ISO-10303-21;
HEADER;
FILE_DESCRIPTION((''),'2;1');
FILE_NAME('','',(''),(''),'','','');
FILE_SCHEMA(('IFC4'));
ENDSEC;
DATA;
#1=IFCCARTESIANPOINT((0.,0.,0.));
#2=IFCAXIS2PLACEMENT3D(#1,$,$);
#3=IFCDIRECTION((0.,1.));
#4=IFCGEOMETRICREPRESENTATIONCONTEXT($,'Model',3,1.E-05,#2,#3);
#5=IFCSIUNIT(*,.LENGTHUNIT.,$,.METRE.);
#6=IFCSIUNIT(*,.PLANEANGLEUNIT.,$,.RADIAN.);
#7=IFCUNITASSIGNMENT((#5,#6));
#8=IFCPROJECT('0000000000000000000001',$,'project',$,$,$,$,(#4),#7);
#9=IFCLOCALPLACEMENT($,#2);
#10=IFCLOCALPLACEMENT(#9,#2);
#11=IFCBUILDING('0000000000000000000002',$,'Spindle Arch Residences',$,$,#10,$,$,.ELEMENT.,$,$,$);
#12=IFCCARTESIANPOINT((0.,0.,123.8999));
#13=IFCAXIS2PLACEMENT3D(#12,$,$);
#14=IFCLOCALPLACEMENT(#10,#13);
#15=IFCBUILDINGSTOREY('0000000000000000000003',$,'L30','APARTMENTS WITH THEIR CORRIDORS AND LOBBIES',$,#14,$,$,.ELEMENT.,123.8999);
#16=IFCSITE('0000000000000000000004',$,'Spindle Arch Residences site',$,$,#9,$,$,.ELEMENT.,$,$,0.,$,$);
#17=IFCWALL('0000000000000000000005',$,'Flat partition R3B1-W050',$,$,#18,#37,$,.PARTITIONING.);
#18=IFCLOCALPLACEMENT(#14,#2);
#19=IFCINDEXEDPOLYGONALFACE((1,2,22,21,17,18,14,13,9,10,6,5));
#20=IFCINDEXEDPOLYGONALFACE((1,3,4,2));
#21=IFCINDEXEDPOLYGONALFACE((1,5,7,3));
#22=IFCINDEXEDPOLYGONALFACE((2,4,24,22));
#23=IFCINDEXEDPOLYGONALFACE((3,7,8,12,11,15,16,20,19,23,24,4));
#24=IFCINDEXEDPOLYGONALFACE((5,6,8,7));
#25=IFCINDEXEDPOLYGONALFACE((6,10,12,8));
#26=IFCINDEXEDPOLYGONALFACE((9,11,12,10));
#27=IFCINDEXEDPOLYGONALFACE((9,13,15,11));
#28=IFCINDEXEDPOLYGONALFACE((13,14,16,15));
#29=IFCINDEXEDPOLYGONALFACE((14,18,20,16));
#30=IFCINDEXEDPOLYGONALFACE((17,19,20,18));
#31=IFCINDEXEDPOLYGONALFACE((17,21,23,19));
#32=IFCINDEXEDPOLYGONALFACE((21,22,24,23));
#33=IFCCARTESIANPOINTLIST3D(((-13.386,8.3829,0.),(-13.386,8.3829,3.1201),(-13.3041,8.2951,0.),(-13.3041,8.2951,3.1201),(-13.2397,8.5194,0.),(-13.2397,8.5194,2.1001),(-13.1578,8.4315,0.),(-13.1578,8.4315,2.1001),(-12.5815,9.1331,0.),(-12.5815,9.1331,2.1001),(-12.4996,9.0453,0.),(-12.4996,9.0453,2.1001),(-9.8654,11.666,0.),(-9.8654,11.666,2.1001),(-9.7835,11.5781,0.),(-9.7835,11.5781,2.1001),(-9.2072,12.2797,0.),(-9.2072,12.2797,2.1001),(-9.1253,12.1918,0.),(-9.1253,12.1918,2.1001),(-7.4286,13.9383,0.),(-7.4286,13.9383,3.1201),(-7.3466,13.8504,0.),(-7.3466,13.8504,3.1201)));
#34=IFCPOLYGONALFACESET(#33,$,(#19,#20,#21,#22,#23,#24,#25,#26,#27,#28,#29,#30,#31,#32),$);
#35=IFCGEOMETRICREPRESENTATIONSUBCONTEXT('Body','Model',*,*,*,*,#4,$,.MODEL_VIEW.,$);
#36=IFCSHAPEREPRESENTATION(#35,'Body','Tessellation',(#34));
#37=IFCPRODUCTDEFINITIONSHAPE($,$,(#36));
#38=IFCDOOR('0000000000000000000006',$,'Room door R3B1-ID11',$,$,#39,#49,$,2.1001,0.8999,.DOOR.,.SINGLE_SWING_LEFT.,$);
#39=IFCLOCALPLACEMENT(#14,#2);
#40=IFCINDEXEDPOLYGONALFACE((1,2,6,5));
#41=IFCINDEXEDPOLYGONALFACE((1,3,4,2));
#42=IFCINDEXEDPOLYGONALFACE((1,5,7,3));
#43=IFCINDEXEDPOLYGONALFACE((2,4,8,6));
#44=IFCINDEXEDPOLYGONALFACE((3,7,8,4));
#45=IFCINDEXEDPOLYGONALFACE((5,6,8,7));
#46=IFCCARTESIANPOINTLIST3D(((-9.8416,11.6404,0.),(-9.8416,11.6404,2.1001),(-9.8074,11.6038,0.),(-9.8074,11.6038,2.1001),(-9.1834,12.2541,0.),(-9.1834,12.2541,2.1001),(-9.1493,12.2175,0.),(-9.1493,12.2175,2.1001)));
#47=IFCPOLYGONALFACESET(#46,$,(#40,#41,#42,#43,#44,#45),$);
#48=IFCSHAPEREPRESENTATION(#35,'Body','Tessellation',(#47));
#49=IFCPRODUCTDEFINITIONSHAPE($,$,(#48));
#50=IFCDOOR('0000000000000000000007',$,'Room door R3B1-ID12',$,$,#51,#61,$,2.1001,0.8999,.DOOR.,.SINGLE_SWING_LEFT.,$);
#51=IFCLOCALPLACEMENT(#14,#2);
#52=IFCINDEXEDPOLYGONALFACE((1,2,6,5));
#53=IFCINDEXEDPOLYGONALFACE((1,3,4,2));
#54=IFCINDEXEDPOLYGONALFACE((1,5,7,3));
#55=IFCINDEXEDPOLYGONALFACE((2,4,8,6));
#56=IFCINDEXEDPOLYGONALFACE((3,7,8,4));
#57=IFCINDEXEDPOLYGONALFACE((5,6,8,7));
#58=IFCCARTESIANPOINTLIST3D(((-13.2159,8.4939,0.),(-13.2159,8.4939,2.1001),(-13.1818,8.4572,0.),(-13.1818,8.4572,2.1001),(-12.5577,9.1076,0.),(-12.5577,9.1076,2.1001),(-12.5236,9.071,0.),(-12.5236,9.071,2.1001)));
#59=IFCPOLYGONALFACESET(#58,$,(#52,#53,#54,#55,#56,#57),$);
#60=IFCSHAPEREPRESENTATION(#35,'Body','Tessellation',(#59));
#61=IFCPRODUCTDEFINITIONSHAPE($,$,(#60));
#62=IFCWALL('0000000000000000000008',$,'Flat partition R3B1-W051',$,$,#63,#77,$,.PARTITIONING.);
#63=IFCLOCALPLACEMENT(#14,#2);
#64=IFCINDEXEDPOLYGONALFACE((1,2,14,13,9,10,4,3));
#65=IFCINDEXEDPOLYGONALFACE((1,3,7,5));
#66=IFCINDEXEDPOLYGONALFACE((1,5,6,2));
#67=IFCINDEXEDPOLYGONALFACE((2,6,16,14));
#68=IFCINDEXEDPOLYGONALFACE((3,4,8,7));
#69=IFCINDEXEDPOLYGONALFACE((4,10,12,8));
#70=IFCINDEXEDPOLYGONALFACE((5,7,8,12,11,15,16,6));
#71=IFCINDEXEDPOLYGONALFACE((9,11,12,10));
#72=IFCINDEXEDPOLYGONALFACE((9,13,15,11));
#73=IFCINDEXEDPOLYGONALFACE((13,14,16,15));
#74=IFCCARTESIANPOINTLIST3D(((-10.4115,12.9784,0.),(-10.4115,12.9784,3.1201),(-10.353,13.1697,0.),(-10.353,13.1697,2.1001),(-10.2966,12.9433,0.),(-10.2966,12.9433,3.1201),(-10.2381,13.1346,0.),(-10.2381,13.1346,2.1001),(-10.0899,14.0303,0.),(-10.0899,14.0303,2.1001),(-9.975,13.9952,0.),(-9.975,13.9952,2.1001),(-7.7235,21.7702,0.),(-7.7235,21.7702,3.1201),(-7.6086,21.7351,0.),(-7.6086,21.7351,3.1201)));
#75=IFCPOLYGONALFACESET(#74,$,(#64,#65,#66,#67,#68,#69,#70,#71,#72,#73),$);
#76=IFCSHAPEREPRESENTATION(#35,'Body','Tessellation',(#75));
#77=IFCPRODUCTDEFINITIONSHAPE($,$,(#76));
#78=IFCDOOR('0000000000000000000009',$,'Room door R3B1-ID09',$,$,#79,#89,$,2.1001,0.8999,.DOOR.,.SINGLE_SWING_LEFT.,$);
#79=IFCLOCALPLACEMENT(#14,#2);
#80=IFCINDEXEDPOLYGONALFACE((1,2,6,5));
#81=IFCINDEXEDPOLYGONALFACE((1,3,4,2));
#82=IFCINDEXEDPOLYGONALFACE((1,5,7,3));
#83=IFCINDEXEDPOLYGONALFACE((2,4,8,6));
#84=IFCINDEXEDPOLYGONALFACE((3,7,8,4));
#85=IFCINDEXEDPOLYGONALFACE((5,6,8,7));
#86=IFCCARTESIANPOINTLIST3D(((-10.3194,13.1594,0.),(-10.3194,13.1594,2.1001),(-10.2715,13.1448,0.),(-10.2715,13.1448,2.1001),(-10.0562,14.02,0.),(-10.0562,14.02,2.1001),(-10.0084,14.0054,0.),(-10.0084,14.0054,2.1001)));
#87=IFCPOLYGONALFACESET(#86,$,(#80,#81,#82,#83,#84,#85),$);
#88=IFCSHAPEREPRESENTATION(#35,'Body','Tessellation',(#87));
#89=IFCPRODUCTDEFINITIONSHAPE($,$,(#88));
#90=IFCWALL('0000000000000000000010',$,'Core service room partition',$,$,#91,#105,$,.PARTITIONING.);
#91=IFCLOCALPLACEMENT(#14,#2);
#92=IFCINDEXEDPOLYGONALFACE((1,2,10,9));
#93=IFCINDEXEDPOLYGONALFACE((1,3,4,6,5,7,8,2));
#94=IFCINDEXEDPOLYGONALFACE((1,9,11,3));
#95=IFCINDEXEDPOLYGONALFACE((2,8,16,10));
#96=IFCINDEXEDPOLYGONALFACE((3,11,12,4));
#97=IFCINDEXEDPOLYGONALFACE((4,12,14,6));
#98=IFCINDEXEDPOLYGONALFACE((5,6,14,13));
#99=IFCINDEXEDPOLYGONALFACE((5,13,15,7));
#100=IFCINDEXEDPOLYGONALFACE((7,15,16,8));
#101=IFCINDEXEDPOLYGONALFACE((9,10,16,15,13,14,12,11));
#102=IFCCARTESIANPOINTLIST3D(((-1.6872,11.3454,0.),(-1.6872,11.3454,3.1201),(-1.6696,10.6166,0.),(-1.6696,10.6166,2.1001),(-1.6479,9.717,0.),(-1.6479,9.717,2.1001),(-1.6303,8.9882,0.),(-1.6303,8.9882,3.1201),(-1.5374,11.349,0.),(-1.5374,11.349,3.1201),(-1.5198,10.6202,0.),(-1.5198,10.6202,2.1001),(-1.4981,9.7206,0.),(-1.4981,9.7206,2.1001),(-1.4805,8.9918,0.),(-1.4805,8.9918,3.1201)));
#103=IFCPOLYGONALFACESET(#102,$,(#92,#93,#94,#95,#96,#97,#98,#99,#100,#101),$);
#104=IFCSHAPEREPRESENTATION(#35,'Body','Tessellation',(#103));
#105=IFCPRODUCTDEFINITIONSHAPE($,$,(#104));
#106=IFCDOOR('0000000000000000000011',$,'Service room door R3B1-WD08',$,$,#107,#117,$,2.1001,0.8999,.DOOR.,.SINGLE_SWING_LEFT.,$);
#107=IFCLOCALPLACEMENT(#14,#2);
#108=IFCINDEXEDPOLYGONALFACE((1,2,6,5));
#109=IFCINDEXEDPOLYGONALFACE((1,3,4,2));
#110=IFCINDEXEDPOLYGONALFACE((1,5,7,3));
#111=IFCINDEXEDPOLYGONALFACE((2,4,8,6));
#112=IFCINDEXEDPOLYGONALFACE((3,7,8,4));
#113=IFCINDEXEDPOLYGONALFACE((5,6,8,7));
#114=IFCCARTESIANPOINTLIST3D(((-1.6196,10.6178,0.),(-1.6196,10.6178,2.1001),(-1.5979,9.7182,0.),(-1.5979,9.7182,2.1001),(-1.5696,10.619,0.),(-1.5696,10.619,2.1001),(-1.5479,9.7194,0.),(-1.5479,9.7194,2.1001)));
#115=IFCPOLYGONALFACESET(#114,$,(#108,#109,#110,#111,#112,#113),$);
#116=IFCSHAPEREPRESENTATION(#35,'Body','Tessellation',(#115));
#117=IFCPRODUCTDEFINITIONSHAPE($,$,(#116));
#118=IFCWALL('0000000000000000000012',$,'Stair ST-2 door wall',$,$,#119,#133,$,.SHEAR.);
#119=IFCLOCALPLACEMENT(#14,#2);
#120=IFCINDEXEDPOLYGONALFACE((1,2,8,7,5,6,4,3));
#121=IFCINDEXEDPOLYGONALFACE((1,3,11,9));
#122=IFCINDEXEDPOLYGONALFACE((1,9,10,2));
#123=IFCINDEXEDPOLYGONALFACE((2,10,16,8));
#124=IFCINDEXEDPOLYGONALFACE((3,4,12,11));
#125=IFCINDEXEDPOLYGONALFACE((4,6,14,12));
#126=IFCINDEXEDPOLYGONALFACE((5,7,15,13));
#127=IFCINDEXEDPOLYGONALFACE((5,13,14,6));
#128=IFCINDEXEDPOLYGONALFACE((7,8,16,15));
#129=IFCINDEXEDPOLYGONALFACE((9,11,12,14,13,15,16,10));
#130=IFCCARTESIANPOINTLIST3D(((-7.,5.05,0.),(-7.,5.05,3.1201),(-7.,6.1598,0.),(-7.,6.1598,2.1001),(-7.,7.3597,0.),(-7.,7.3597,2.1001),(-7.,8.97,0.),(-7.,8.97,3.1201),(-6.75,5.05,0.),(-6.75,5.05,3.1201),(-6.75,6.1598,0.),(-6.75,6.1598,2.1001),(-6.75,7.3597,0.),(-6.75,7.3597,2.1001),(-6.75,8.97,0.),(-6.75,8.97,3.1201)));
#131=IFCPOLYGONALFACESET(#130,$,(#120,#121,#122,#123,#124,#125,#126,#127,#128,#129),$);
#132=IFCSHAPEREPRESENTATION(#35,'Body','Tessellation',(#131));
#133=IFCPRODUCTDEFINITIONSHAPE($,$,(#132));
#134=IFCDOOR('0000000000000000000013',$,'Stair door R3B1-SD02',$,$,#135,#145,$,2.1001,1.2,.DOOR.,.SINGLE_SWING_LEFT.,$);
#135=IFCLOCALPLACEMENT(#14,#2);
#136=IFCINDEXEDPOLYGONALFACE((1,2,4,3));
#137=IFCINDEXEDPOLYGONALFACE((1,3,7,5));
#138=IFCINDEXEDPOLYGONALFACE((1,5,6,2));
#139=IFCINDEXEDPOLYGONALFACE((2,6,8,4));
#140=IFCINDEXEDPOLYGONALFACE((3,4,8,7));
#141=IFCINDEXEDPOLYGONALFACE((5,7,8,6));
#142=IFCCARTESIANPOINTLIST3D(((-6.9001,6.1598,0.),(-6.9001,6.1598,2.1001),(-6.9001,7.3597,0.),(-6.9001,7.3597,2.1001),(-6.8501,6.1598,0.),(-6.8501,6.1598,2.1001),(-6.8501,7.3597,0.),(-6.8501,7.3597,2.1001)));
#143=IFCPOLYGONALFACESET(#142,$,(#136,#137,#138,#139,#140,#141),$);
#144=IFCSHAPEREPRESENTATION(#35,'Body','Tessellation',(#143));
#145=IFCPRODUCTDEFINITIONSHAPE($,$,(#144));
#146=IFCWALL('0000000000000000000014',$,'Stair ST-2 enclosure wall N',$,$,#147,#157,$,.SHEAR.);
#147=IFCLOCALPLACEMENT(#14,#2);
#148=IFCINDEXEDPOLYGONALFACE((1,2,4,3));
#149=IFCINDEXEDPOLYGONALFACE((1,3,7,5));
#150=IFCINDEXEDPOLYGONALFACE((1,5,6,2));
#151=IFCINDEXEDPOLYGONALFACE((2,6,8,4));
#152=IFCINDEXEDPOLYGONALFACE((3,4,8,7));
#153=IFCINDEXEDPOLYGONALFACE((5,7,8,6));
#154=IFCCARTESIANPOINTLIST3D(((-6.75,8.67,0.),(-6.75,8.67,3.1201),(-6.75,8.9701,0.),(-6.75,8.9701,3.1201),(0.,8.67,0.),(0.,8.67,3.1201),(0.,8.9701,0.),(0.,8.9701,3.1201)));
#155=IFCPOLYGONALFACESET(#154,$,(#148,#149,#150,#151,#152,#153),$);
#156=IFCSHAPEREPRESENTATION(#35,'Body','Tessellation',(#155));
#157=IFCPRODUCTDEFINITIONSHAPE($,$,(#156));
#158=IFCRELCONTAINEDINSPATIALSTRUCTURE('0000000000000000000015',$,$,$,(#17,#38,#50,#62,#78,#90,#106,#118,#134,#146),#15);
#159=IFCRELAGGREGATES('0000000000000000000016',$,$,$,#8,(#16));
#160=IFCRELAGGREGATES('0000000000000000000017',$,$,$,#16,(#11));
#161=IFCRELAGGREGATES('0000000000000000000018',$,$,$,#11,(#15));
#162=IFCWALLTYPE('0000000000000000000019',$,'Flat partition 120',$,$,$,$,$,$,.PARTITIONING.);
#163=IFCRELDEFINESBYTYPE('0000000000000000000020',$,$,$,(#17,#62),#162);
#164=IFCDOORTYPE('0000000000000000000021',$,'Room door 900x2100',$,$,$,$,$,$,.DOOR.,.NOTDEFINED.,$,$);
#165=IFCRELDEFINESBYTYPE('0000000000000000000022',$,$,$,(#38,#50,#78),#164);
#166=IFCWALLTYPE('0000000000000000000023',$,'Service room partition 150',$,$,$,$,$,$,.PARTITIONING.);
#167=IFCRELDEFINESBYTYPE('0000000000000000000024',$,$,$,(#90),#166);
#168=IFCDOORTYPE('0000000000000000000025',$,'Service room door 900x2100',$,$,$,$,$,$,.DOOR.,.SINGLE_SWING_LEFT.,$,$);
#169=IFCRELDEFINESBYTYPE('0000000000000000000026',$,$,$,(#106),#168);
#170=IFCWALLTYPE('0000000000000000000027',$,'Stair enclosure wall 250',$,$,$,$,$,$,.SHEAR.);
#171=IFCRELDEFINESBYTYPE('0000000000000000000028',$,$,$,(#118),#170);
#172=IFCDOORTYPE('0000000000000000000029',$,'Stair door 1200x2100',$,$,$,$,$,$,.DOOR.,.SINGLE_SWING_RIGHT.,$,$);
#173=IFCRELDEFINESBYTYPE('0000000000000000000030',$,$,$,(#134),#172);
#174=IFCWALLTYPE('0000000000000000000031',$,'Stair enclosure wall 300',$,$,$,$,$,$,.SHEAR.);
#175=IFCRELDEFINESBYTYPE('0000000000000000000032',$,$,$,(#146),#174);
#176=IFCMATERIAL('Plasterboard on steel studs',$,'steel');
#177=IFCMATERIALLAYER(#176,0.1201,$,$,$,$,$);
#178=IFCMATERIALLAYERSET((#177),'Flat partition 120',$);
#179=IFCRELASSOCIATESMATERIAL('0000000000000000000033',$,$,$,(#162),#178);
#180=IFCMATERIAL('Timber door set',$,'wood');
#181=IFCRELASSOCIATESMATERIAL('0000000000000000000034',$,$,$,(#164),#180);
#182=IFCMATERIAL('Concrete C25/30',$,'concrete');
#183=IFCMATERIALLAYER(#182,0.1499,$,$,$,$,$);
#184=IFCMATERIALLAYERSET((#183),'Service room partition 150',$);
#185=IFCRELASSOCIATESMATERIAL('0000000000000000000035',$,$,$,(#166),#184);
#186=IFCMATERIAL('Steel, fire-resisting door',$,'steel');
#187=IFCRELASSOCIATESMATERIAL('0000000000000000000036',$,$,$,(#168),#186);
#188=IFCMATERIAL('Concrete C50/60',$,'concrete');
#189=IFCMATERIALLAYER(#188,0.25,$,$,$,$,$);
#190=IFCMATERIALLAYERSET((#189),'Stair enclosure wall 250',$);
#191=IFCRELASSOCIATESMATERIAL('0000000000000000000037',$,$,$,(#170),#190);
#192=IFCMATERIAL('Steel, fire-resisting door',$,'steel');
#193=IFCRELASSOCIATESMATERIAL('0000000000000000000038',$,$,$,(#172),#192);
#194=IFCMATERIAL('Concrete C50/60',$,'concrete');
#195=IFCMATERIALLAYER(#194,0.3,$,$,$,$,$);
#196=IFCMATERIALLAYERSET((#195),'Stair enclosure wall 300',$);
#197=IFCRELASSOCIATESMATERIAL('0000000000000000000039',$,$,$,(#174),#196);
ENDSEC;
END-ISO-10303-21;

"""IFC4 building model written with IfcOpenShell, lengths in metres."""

from ifc_helpers import new_model, si_unit, direction, frame, frame_2d, origin, place, context, subcontext, project, spatial, rectangle, extrude, material, layer, layer_set, type_object, element, fill, save


model = new_model("IFC4")

# Units and contexts
model_context = context("Model", 3, precision=1e-05, world=origin(), true_north=direction((0.0, 1.0)))
body_context = subcontext(model_context, "Body", "Model", "MODEL_VIEW")
ifc_project = project(units=[si_unit("LENGTHUNIT", "METRE"), si_unit("PLANEANGLEUNIT", "RADIAN")], contexts=[model_context])

# Site, building, storey
site_placement = place(None, origin())
site = spatial("IfcSite", under=ifc_project, at=site_placement, Name="Spindle Arch Residences site", CompositionType="ELEMENT", RefElevation=0.0)
building_placement = place(site_placement, origin())
building = spatial("IfcBuilding", under=site, at=building_placement, Name="Spindle Arch Residences", CompositionType="ELEMENT")
storey_placement = place(building_placement, frame((0.0, 0.0, 123.8999)))
storey = spatial("IfcBuildingStorey", under=building, at=storey_placement, Name="L30", Description="APARTMENTS WITH THEIR CORRIDORS AND LOBBIES", CompositionType="ELEMENT", Elevation=123.8999)

# Shared definitions
ifc_material_1 = material(Name="Plasterboard on steel studs", Category="steel")
ifc_layer_1 = layer(ifc_material_1, 0.1201)
ifc_layer_set_1 = layer_set([ifc_layer_1], Name="Flat partition 120")
wall_type_1 = type_object("IfcWallType", Name="Flat partition 120", PredefinedType="PARTITIONING", material=ifc_layer_set_1)
ifc_material_2 = material(Name="Timber door set", Category="wood")
door_type_1 = type_object("IfcDoorType", Name="Room door 900x2100", OperationType="NOTDEFINED", PredefinedType="DOOR", material=ifc_material_2)

# Wall, openings, doors
wall_1_placement = place(storey_placement, frame((-7.3877, 13.8943, 0.0), z_axis=(0.0, 0.0, 1.0), x_axis=(-0.731357, -0.681995, 0.0)))
wall_1 = element("IfcWall", 1, at=wall_1_placement, inside=storey, type_object=wall_type_1, Name="Flat partition R3B1-W050", PredefinedType="PARTITIONING", context=body_context, shape_type="SweptSolid", body=[
    extrude(rectangle(XDim=8.1458, YDim=0.1201, at=frame_2d((4.0728, 0.0))), origin(), (0.0, 0.0, 1.0), 3.1201),
])
opening_1_placement = place(wall_1_placement, frame((2.4319, 0.0, 0.0)))
opening_1 = element("IfcOpeningElement", 2, at=opening_1_placement, cuts=wall_1, PredefinedType="OPENING", context=body_context, shape_type="SweptSolid", body=[
    extrude(rectangle(XDim=0.8999, YDim=2.1001, at=frame_2d((0.45, 1.05))), frame((0.0, 0.0701, 0.0), z_axis=(0.0, -1.0, 0.0), x_axis=(1.0, 0.0, 0.0)), (0.0, 0.0, 1.0), 0.1401),
])
opening_2_placement = place(wall_1_placement, frame((7.0457, 0.0, 0.0)))
opening_2 = element("IfcOpeningElement", 3, at=opening_2_placement, cuts=wall_1, PredefinedType="OPENING", context=body_context, shape_type="SweptSolid", body=[
    extrude(rectangle(XDim=0.8999, YDim=2.1001, at=frame_2d((0.45, 1.05))), frame((0.0, 0.0701, 0.0), z_axis=(0.0, -1.0, 0.0), x_axis=(1.0, 0.0, 0.0)), (0.0, 0.0, 1.0), 0.1401),
])
door_1_placement = place(opening_1_placement, origin())
door_1 = element("IfcDoor", 4, at=door_1_placement, inside=storey, type_object=door_type_1, Name="Room door R3B1-ID11", OperationType="SINGLE_SWING_LEFT", OverallHeight=2.1001, OverallWidth=0.8999, PredefinedType="DOOR", context=body_context, shape_type="SweptSolid", body=[
    extrude(rectangle(XDim=0.8999, YDim=2.1001, at=frame_2d((0.45, 1.05))), frame((0.0, 0.0249, 0.0), z_axis=(0.0, -1.0, 0.0), x_axis=(1.0, 0.0, 0.0)), (0.0, 0.0, 1.0), 0.05),
])
fill(opening_1, door_1)
door_2_placement = place(opening_2_placement, origin())
door_2 = element("IfcDoor", 5, at=door_2_placement, inside=storey, type_object=door_type_1, Name="Room door R3B1-ID12", OperationType="SINGLE_SWING_LEFT", OverallHeight=2.1001, OverallWidth=0.8999, PredefinedType="DOOR", context=body_context, shape_type="SweptSolid", body=[
    extrude(rectangle(XDim=0.8999, YDim=2.1001, at=frame_2d((0.45, 1.05))), frame((0.0, 0.0249, 0.0), z_axis=(0.0, -1.0, 0.0), x_axis=(1.0, 0.0, 0.0)), (0.0, 0.0, 1.0), 0.05),
])
fill(opening_2, door_2)

# Walls, openings, doors
wall_2_placement = place(storey_placement, frame((-10.354, 12.9609, 0.0), z_axis=(0.0, 0.0, 1.0), x_axis=(0.29238, 0.956302, 0.0)))
wall_2 = element("IfcWall", 6, at=wall_2_placement, inside=storey, type_object=wall_type_1, Name="Flat partition R3B1-W051", PredefinedType="PARTITIONING", context=body_context, shape_type="SweptSolid", body=[
    extrude(rectangle(XDim=9.1936, YDim=0.1201, at=frame_2d((4.5967, 0.0))), origin(), (0.0, 0.0, 1.0), 3.1201),
])
opening_3_placement = place(wall_2_placement, frame((0.2, 0.0, 0.0)))
opening_3 = element("IfcOpeningElement", 7, at=opening_3_placement, cuts=wall_2, PredefinedType="OPENING", context=body_context, shape_type="SweptSolid", body=[
    extrude(rectangle(XDim=0.8999, YDim=2.1001, at=frame_2d((0.45, 1.05))), frame((0.0, 0.0701, 0.0), z_axis=(0.0, -1.0, 0.0), x_axis=(1.0, 0.0, 0.0)), (0.0, 0.0, 1.0), 0.1401),
])
door_3_placement = place(opening_3_placement, origin())
door_3 = element("IfcDoor", 8, at=door_3_placement, inside=storey, type_object=door_type_1, Name="Room door R3B1-ID09", OperationType="SINGLE_SWING_LEFT", OverallHeight=2.1001, OverallWidth=0.8999, PredefinedType="DOOR", context=body_context, shape_type="SweptSolid", body=[
    extrude(rectangle(XDim=0.8999, YDim=2.1001, at=frame_2d((0.45, 1.05))), frame((0.0, 0.0249, 0.0), z_axis=(0.0, -1.0, 0.0), x_axis=(1.0, 0.0, 0.0)), (0.0, 0.0, 1.0), 0.05),
])
fill(opening_3, door_3)
ifc_material_3 = material(Name="Concrete C25/30", Category="concrete")
ifc_layer_2 = layer(ifc_material_3, 0.1499)
ifc_layer_set_2 = layer_set([ifc_layer_2], Name="Service room partition 150")
wall_type_2 = type_object("IfcWallType", Name="Service room partition 150", PredefinedType="PARTITIONING", material=ifc_layer_set_2)
wall_3_placement = place(storey_placement, frame((-1.5554, 8.99, 0.0), z_axis=(0.0, 0.0, 1.0), x_axis=(-0.024126, 0.999709, 0.0)))
wall_3 = element("IfcWall", 9, at=wall_3_placement, inside=storey, type_object=wall_type_2, Name="Core service room partition", PredefinedType="PARTITIONING", context=body_context, shape_type="SweptSolid", body=[
    extrude(rectangle(XDim=2.3579, YDim=0.1499, at=frame_2d((1.179, 0.0))), origin(), (0.0, 0.0, 1.0), 3.1201),
])
opening_4_placement = place(wall_3_placement, frame((0.729, 0.0, 0.0)))
opening_4 = element("IfcOpeningElement", 10, at=opening_4_placement, cuts=wall_3, PredefinedType="OPENING", context=body_context, shape_type="SweptSolid", body=[
    extrude(rectangle(XDim=0.8999, YDim=2.1001, at=frame_2d((0.45, 1.05))), frame((0.0, 0.085, 0.0), z_axis=(0.0, -1.0, 0.0), x_axis=(1.0, 0.0, 0.0)), (0.0, 0.0, 1.0), 0.1699),
])
ifc_material_4 = material(Name="Steel, fire-resisting door", Category="steel")
door_type_2 = type_object("IfcDoorType", Name="Service room door 900x2100", OperationType="SINGLE_SWING_LEFT", PredefinedType="DOOR", material=ifc_material_4)
door_4_placement = place(opening_4_placement, origin())
door_4 = element("IfcDoor", 11, at=door_4_placement, inside=storey, type_object=door_type_2, Name="Service room door R3B1-WD08", OperationType="SINGLE_SWING_LEFT", OverallHeight=2.1001, OverallWidth=0.8999, PredefinedType="DOOR", context=body_context, shape_type="SweptSolid", body=[
    extrude(rectangle(XDim=0.8999, YDim=2.1001, at=frame_2d((0.45, 1.05))), frame((0.0, 0.0249, 0.0), z_axis=(0.0, -1.0, 0.0), x_axis=(1.0, 0.0, 0.0)), (0.0, 0.0, 1.0), 0.05),
])
fill(opening_4, door_4)
ifc_material_5 = material(Name="Concrete C50/60", Category="concrete")
ifc_layer_3 = layer(ifc_material_5, 0.25)
ifc_layer_set_3 = layer_set([ifc_layer_3], Name="Stair enclosure wall 250")
wall_type_3 = type_object("IfcWallType", Name="Stair enclosure wall 250", PredefinedType="SHEAR", material=ifc_layer_set_3)
wall_4_placement = place(storey_placement, frame((-6.875, 8.97, 0.0), z_axis=(0.0, 0.0, 1.0), x_axis=(0.0, -1.0, 0.0)))
wall_4 = element("IfcWall", 12, at=wall_4_placement, inside=storey, type_object=wall_type_3, Name="Stair ST-2 door wall", PredefinedType="SHEAR", context=body_context, shape_type="SweptSolid", body=[
    extrude(rectangle(XDim=3.9199, YDim=0.25, at=frame_2d((1.96, 0.0))), origin(), (0.0, 0.0, 1.0), 3.1201),
])
opening_5_placement = place(wall_4_placement, frame((1.6101, 0.0, 0.0)))
opening_5 = element("IfcOpeningElement", 13, at=opening_5_placement, cuts=wall_4, PredefinedType="OPENING", context=body_context, shape_type="SweptSolid", body=[
    extrude(rectangle(XDim=1.2, YDim=2.1001, at=frame_2d((0.6001, 1.05))), frame((0.0, 0.135, 0.0), z_axis=(0.0, -1.0, 0.0), x_axis=(1.0, 0.0, 0.0)), (0.0, 0.0, 1.0), 0.27),
])
ifc_material_6 = material(Name="Steel, fire-resisting door", Category="steel")
door_type_3 = type_object("IfcDoorType", Name="Stair door 1200x2100", OperationType="SINGLE_SWING_RIGHT", PredefinedType="DOOR", material=ifc_material_6)
door_5_placement = place(opening_5_placement, origin())
door_5 = element("IfcDoor", 14, at=door_5_placement, inside=storey, type_object=door_type_3, Name="Stair door R3B1-SD02", OperationType="SINGLE_SWING_LEFT", OverallHeight=2.1001, OverallWidth=1.2, PredefinedType="DOOR", context=body_context, shape_type="SweptSolid", body=[
    extrude(rectangle(XDim=1.2, YDim=2.1001, at=frame_2d((0.6001, 1.05))), frame((0.0, 0.0249, 0.0), z_axis=(0.0, -1.0, 0.0), x_axis=(1.0, 0.0, 0.0)), (0.0, 0.0, 1.0), 0.05),
])
fill(opening_5, door_5)

# Wall
ifc_material_7 = material(Name="Concrete C50/60", Category="concrete")
ifc_layer_4 = layer(ifc_material_7, 0.3)
ifc_layer_set_4 = layer_set([ifc_layer_4], Name="Stair enclosure wall 300")
wall_type_4 = type_object("IfcWallType", Name="Stair enclosure wall 300", PredefinedType="SHEAR", material=ifc_layer_set_4)
wall_5_placement = place(storey_placement, frame((-6.75, 8.8201, 0.0), z_axis=(0.0, 0.0, 1.0), x_axis=(1.0, 0.0, 0.0)))
element("IfcWall", 15, at=wall_5_placement, inside=storey, type_object=wall_type_4, Name="Stair ST-2 enclosure wall N", PredefinedType="SHEAR", context=body_context, shape_type="SweptSolid", body=[
    extrude(rectangle(XDim=6.75, YDim=0.3, at=frame_2d((3.375, 0.0))), origin(), (0.0, 0.0, 1.0), 3.1201),
])

save(model, "model.ifc")
